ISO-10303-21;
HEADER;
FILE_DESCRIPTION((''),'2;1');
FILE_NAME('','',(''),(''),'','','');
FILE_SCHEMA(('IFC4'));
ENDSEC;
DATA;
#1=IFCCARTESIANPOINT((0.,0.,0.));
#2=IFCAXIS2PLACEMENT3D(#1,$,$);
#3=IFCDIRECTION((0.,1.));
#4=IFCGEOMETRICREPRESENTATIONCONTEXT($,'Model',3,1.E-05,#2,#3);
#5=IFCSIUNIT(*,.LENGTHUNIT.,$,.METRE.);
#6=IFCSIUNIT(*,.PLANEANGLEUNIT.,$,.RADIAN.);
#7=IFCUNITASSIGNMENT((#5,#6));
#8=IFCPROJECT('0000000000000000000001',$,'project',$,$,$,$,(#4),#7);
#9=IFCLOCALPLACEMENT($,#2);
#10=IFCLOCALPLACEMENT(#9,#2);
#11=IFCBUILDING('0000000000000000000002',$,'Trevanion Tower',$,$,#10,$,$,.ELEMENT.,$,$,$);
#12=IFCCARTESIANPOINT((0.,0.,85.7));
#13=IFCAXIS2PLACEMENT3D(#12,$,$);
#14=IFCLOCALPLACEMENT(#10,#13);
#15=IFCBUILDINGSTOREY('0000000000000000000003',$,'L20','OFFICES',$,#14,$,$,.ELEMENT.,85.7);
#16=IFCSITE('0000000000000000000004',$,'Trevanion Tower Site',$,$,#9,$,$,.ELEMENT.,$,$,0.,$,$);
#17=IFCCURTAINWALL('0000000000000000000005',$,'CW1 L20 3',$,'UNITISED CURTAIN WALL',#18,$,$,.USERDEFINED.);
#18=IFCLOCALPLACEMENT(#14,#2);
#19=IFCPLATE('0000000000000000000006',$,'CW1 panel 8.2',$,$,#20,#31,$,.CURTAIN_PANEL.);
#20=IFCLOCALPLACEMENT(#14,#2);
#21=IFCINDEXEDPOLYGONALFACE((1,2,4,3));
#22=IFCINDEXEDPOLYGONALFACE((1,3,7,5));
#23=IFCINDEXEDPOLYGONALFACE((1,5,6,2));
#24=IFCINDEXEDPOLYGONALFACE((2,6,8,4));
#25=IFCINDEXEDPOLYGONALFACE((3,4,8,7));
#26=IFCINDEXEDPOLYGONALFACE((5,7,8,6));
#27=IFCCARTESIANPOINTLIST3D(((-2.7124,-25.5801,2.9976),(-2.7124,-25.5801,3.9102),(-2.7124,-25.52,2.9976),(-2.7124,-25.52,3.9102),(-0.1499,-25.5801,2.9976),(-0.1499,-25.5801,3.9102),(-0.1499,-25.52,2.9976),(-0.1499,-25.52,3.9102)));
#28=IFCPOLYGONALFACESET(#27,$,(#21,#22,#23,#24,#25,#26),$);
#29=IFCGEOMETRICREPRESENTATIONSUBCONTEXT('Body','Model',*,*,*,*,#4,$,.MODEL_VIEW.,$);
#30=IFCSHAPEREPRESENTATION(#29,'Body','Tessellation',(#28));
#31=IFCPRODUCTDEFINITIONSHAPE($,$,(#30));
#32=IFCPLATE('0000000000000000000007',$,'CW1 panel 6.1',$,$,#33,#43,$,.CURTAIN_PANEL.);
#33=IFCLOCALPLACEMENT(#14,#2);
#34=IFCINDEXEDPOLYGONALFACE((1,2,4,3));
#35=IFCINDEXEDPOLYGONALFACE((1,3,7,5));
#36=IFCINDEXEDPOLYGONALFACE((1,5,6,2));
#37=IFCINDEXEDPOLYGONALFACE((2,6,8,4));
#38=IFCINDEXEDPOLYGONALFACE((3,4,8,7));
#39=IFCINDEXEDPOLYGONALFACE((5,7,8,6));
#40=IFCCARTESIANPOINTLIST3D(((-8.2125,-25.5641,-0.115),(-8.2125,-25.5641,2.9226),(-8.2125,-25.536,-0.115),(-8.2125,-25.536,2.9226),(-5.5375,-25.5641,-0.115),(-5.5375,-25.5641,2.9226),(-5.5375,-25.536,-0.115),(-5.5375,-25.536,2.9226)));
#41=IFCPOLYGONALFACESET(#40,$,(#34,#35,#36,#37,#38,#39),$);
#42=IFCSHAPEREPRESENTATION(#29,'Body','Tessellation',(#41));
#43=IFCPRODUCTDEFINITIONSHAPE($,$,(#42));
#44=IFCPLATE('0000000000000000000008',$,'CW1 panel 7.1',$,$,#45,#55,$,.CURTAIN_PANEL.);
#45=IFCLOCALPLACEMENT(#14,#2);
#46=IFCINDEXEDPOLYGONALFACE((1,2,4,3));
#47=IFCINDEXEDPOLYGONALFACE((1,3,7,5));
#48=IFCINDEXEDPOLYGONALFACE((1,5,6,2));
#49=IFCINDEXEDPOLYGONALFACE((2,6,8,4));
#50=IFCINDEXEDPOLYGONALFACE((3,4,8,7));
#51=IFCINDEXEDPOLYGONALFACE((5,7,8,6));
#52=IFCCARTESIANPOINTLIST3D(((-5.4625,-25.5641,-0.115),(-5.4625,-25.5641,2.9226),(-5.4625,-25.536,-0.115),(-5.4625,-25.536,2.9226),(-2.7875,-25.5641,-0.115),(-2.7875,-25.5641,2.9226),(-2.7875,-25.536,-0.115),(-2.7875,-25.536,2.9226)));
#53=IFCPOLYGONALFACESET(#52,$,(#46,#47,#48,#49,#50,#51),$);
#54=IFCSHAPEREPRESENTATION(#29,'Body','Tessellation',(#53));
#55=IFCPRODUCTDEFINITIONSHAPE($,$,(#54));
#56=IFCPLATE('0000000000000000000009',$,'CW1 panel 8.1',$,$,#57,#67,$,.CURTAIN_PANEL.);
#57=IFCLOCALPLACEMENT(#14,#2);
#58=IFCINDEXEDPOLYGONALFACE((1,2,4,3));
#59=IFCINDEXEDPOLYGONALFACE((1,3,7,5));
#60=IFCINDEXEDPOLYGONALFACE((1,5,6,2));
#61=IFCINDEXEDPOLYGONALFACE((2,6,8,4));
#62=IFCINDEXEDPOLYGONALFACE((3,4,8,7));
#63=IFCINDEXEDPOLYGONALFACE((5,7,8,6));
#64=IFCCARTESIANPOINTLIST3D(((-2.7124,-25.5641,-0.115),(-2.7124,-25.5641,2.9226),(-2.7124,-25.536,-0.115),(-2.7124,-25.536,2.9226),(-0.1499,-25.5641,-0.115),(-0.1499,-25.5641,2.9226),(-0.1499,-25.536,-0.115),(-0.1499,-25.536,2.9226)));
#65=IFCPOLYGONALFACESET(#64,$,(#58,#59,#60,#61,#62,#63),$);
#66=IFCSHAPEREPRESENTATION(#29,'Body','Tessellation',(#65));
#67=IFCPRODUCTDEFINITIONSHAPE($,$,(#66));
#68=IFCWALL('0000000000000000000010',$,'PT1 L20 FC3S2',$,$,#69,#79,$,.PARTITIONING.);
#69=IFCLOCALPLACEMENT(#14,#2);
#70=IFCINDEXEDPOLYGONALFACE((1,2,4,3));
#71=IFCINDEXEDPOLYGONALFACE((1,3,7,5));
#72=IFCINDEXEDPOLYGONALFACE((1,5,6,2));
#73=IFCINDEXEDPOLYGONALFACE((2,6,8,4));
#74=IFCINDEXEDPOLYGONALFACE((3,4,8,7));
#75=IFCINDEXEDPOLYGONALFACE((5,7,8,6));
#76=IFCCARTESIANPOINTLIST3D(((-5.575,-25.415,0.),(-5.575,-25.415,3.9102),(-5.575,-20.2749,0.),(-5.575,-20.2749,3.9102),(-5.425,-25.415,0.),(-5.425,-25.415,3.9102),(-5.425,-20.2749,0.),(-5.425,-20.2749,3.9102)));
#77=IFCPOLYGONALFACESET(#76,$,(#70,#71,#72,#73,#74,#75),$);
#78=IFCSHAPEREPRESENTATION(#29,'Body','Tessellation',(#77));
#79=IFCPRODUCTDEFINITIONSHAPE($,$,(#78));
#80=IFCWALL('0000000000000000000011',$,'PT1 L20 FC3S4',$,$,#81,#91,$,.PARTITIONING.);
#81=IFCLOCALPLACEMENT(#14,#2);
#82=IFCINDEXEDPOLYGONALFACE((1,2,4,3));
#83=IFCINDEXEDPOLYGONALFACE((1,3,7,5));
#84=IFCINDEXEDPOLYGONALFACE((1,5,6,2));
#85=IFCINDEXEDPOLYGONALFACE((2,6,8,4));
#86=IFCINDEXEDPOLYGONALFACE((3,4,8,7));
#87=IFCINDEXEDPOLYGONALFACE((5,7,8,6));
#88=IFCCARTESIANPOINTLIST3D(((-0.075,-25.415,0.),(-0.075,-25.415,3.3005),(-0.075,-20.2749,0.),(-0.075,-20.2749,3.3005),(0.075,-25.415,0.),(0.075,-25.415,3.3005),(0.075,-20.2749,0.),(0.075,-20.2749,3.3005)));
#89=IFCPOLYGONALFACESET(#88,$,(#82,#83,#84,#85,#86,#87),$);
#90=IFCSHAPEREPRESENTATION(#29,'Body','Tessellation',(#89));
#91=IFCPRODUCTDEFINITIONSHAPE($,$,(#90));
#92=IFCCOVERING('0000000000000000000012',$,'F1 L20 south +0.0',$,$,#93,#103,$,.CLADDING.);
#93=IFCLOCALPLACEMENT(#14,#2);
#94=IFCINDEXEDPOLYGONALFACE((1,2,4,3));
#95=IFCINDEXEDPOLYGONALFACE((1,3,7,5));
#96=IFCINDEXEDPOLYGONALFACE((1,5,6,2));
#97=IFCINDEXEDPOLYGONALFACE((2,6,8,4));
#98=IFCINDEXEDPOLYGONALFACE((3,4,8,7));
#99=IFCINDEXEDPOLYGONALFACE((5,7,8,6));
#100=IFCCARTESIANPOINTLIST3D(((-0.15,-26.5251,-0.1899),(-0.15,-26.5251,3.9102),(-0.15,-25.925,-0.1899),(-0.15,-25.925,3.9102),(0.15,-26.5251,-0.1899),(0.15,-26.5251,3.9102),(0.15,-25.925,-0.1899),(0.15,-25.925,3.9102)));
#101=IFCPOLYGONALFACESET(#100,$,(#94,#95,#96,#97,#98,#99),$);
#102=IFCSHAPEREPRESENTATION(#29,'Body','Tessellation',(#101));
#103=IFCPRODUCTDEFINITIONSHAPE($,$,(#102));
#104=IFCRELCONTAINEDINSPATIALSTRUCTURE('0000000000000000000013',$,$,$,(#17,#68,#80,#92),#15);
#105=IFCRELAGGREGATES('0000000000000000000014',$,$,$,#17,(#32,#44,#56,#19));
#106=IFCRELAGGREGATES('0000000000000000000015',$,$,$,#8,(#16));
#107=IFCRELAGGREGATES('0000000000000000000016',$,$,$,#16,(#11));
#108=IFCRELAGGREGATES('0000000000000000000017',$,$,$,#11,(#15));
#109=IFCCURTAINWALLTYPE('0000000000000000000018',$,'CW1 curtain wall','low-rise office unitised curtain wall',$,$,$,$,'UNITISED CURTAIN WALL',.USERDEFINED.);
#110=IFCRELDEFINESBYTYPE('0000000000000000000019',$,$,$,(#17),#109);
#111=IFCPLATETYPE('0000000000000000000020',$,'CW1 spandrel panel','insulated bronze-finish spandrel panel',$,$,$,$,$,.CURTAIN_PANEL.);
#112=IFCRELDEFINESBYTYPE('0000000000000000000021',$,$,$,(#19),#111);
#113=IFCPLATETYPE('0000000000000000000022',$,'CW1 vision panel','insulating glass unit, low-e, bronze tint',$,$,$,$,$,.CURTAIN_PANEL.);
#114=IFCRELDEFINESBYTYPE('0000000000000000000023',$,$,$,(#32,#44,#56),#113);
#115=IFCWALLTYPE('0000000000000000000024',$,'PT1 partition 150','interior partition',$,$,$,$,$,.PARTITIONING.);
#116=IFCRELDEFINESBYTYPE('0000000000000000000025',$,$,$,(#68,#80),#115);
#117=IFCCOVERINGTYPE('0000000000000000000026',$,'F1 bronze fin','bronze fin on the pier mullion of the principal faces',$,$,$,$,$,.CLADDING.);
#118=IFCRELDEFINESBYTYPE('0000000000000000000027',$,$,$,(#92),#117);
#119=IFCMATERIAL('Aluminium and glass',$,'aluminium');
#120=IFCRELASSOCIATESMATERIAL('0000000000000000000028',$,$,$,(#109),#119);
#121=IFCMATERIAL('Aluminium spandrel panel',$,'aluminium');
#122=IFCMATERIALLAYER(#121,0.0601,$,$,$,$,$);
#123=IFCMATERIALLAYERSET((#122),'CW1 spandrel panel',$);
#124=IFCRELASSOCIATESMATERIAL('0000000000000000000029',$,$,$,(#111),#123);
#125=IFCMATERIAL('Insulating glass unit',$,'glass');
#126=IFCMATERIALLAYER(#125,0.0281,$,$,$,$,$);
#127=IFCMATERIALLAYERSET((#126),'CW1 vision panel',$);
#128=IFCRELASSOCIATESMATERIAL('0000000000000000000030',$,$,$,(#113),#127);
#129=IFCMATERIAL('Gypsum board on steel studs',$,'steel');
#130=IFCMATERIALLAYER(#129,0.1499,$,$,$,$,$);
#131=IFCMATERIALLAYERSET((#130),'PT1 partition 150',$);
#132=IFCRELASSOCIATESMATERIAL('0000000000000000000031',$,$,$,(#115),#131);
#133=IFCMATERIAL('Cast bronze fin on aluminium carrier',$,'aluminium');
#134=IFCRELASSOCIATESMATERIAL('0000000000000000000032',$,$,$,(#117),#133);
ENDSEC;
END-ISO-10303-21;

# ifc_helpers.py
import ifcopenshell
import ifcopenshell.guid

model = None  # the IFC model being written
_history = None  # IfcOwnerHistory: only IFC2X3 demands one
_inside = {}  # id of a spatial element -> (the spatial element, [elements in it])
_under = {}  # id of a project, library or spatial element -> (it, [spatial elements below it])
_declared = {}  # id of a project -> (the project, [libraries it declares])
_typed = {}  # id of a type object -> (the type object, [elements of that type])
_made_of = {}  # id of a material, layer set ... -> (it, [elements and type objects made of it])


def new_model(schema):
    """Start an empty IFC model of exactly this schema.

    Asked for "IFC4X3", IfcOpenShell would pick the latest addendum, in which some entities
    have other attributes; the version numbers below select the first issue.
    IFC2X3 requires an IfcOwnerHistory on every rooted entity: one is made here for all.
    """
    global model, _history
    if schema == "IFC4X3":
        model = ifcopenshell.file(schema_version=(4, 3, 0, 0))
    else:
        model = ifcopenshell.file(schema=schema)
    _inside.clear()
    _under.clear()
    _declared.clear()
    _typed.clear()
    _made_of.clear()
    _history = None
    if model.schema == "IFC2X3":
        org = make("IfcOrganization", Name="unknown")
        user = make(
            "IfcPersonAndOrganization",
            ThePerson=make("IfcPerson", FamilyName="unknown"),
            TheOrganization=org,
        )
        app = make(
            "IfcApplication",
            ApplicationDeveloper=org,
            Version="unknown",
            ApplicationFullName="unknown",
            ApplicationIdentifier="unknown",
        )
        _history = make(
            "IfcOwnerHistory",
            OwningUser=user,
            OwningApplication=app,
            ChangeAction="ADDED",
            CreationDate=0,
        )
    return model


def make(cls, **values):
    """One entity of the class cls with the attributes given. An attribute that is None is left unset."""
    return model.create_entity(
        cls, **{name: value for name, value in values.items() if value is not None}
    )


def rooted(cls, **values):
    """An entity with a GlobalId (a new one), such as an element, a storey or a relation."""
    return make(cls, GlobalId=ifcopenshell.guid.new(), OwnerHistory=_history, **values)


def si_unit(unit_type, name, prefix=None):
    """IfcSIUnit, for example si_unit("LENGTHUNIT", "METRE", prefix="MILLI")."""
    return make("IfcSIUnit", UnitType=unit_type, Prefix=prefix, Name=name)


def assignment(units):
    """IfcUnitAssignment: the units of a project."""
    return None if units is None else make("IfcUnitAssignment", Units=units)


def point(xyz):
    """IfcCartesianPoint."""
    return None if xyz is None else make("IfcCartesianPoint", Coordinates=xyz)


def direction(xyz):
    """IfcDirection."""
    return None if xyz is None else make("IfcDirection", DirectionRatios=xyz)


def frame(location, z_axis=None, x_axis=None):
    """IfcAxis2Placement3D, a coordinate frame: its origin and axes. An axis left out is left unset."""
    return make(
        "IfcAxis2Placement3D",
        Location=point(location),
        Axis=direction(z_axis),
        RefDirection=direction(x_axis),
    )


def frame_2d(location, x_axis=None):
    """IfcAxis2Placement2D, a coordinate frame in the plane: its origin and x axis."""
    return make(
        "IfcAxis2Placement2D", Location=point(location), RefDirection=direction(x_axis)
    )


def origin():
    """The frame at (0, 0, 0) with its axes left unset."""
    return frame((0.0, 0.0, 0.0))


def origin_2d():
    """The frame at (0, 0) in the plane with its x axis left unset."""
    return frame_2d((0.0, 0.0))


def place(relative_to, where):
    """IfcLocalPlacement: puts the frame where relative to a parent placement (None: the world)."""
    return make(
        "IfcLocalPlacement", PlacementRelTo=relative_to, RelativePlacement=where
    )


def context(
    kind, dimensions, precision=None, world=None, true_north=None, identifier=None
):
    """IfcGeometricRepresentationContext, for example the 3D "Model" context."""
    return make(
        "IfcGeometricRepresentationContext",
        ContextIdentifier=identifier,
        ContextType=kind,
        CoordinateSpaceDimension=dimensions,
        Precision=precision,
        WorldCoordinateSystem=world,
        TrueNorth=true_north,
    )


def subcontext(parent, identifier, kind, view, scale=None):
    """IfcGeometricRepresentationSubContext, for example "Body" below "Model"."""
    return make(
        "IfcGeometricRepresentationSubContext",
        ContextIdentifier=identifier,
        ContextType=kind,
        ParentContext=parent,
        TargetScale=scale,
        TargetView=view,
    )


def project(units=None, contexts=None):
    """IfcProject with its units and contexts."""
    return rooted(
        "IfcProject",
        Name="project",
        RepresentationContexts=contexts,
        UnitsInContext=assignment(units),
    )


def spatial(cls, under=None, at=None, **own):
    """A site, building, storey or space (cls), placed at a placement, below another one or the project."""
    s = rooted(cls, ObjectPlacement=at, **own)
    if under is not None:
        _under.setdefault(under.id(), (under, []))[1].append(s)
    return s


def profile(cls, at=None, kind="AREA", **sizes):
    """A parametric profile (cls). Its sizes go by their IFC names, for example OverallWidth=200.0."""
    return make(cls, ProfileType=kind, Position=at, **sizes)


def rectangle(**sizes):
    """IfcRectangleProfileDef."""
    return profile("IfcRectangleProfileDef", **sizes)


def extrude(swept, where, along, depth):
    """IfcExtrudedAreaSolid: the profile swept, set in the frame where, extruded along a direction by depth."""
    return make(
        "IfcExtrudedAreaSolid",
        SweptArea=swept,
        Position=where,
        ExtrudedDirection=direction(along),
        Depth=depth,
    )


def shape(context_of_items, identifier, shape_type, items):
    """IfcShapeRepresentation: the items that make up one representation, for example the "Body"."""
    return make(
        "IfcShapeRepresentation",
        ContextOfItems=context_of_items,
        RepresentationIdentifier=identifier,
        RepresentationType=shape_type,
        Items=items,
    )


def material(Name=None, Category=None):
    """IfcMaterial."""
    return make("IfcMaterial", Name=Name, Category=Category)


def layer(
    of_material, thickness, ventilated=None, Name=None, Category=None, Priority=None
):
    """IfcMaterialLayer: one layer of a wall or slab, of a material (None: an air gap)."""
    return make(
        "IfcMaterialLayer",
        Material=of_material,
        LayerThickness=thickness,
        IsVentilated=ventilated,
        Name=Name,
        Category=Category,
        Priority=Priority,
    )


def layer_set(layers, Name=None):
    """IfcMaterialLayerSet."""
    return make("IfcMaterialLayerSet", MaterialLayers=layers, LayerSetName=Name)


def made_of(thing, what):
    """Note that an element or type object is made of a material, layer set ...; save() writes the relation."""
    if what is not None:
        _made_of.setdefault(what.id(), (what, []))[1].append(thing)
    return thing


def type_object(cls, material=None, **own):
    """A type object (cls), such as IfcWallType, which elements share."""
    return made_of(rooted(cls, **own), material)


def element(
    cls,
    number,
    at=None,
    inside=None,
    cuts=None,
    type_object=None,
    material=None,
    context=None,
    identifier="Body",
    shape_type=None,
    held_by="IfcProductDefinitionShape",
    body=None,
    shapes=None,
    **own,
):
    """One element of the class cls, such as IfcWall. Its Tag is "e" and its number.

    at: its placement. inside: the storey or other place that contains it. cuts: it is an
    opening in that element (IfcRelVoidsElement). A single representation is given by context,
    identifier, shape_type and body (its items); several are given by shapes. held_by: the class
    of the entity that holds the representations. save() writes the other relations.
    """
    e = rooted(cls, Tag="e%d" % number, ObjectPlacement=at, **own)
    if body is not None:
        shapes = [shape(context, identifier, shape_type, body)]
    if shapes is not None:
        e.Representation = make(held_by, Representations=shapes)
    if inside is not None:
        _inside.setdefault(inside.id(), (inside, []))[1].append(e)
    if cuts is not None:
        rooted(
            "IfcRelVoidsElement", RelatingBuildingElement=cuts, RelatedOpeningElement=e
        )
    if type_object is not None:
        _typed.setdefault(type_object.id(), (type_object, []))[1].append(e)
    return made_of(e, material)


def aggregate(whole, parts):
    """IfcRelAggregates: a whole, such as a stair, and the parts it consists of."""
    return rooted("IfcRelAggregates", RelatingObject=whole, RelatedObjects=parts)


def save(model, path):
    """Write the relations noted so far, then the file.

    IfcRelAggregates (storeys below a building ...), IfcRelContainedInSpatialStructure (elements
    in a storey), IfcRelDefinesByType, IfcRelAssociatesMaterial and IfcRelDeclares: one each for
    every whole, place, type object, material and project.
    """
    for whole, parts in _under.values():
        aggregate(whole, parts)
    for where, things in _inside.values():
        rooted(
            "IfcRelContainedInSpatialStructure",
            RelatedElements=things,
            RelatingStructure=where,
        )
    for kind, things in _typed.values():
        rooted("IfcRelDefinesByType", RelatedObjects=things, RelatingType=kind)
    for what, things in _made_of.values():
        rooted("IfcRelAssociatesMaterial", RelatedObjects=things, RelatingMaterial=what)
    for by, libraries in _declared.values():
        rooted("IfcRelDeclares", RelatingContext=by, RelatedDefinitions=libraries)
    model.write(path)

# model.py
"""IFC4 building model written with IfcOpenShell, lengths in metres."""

from ifc_helpers import new_model, si_unit, direction, frame, frame_2d, origin, origin_2d, place, context, subcontext, project, spatial, rectangle, extrude, material, layer, layer_set, type_object, element, aggregate, save


model = new_model("IFC4")

# Units and contexts
model_context = context("Model", 3, precision=1e-05, world=origin(), true_north=direction((0.0, 1.0)))
body_context = subcontext(model_context, "Body", "Model", "MODEL_VIEW")
ifc_project = project(units=[si_unit("LENGTHUNIT", "METRE"), si_unit("PLANEANGLEUNIT", "RADIAN")], contexts=[model_context])

# Site, building, storey
site_placement = place(None, origin())
site = spatial("IfcSite", under=ifc_project, at=site_placement, Name="Trevanion Tower Site", CompositionType="ELEMENT", RefElevation=0.0)
building_placement = place(site_placement, origin())
building = spatial("IfcBuilding", under=site, at=building_placement, Name="Trevanion Tower", CompositionType="ELEMENT")
storey_placement = place(building_placement, frame((0.0, 0.0, 85.7)))
storey = spatial("IfcBuildingStorey", under=building, at=storey_placement, Name="L20", Description="OFFICES", CompositionType="ELEMENT", Elevation=85.7)

# Curtain wall
ifc_material_1 = material(Name="Aluminium and glass", Category="aluminium")
curtain_wall_type = type_object("IfcCurtainWallType", Name="CW1 curtain wall", Description="low-rise office unitised curtain wall", ElementType="UNITISED CURTAIN WALL", PredefinedType="USERDEFINED", material=ifc_material_1)
curtain_wall_placement = place(storey_placement, origin())
curtain_wall = element("IfcCurtainWall", 1, at=curtain_wall_placement, inside=storey, type_object=curtain_wall_type, Name="CW1 L20 3", ObjectType="UNITISED CURTAIN WALL", PredefinedType="USERDEFINED")

# Plates
ifc_material_2 = material(Name="Aluminium spandrel panel", Category="aluminium")
ifc_layer_1 = layer(ifc_material_2, 0.0601)
ifc_layer_set_1 = layer_set([ifc_layer_1], Name="CW1 spandrel panel")
plate_type_1 = type_object("IfcPlateType", Name="CW1 spandrel panel", Description="insulated bronze-finish spandrel panel", PredefinedType="CURTAIN_PANEL", material=ifc_layer_set_1)
plate_1_placement = place(storey_placement, frame((-1.4312, -25.55, 2.9976), z_axis=(0.0, 0.0, 1.0), x_axis=(1.0, 0.0, 0.0)))
plate_1 = element("IfcPlate", 2, at=plate_1_placement, type_object=plate_type_1, Name="CW1 panel 8.2", PredefinedType="CURTAIN_PANEL", context=body_context, shape_type="SweptSolid", body=[
    extrude(rectangle(XDim=2.5625, YDim=0.0601, at=origin_2d()), origin(), (0.0, 0.0, 1.0), 0.9126),
])
ifc_material_3 = material(Name="Insulating glass unit", Category="glass")
ifc_layer_2 = layer(ifc_material_3, 0.0281)
ifc_layer_set_2 = layer_set([ifc_layer_2], Name="CW1 vision panel")
plate_type_2 = type_object("IfcPlateType", Name="CW1 vision panel", Description="insulating glass unit, low-e, bronze tint", PredefinedType="CURTAIN_PANEL", material=ifc_layer_set_2)
plate_2_placement = place(storey_placement, frame((-6.875, -25.55, -0.115), z_axis=(0.0, 0.0, 1.0), x_axis=(1.0, 0.0, 0.0)))
plate_2 = element("IfcPlate", 3, at=plate_2_placement, type_object=plate_type_2, Name="CW1 panel 6.1", PredefinedType="CURTAIN_PANEL", context=body_context, shape_type="SweptSolid", body=[
    extrude(rectangle(XDim=2.675, YDim=0.0281, at=origin_2d()), origin(), (0.0, 0.0, 1.0), 3.0376),
])
plate_3_placement = place(storey_placement, frame((-4.125, -25.55, -0.115), z_axis=(0.0, 0.0, 1.0), x_axis=(1.0, 0.0, 0.0)))
plate_3 = element("IfcPlate", 4, at=plate_3_placement, type_object=plate_type_2, Name="CW1 panel 7.1", PredefinedType="CURTAIN_PANEL", context=body_context, shape_type="SweptSolid", body=[
    extrude(rectangle(XDim=2.675, YDim=0.0281, at=origin_2d()), origin(), (0.0, 0.0, 1.0), 3.0376),
])
plate_4_placement = place(storey_placement, frame((-1.4312, -25.55, -0.115), z_axis=(0.0, 0.0, 1.0), x_axis=(1.0, 0.0, 0.0)))
plate_4 = element("IfcPlate", 5, at=plate_4_placement, type_object=plate_type_2, Name="CW1 panel 8.1", PredefinedType="CURTAIN_PANEL", context=body_context, shape_type="SweptSolid", body=[
    extrude(rectangle(XDim=2.5625, YDim=0.0281, at=origin_2d()), origin(), (0.0, 0.0, 1.0), 3.0376),
])
aggregate(curtain_wall, [plate_2, plate_3, plate_4, plate_1])

# Walls
ifc_material_4 = material(Name="Gypsum board on steel studs", Category="steel")
ifc_layer_3 = layer(ifc_material_4, 0.1499)
ifc_layer_set_3 = layer_set([ifc_layer_3], Name="PT1 partition 150")
wall_type = type_object("IfcWallType", Name="PT1 partition 150", Description="interior partition", PredefinedType="PARTITIONING", material=ifc_layer_set_3)
wall_1_placement = place(storey_placement, frame((-5.5, -20.2749, 0.0), z_axis=(0.0, 0.0, 1.0), x_axis=(0.0, -1.0, 0.0)))
element("IfcWall", 6, at=wall_1_placement, inside=storey, type_object=wall_type, Name="PT1 L20 FC3S2", PredefinedType="PARTITIONING", context=body_context, shape_type="SweptSolid", body=[
    extrude(rectangle(XDim=5.1401, YDim=0.1499, at=frame_2d((2.5701, 0.0))), origin(), (0.0, 0.0, 1.0), 3.9102),
])
wall_2_placement = place(storey_placement, frame((0.0, -20.2749, 0.0), z_axis=(0.0, 0.0, 1.0), x_axis=(0.0, -1.0, 0.0)))
element("IfcWall", 7, at=wall_2_placement, inside=storey, type_object=wall_type, Name="PT1 L20 FC3S4", PredefinedType="PARTITIONING", context=body_context, shape_type="SweptSolid", body=[
    extrude(rectangle(XDim=5.1401, YDim=0.1499, at=frame_2d((2.5701, 0.0))), origin(), (0.0, 0.0, 1.0), 3.3005),
])

# Covering
ifc_material_5 = material(Name="Cast bronze fin on aluminium carrier", Category="aluminium")
covering_type = type_object("IfcCoveringType", Name="F1 bronze fin", Description="bronze fin on the pier mullion of the principal faces", PredefinedType="CLADDING", material=ifc_material_5)
covering_placement = place(storey_placement, frame((0.0, -26.2251, -0.1899), z_axis=(0.0, 0.0, 1.0), x_axis=(1.0, 0.0, 0.0)))
element("IfcCovering", 8, at=covering_placement, inside=storey, type_object=covering_type, Name="F1 L20 south +0.0", PredefinedType="CLADDING", context=body_context, shape_type="SweptSolid", body=[
    extrude(rectangle(XDim=0.3, YDim=0.6001, at=origin_2d()), origin(), (0.0, 0.0, 1.0), 4.1001),
])

save(model, "model.ifc")
